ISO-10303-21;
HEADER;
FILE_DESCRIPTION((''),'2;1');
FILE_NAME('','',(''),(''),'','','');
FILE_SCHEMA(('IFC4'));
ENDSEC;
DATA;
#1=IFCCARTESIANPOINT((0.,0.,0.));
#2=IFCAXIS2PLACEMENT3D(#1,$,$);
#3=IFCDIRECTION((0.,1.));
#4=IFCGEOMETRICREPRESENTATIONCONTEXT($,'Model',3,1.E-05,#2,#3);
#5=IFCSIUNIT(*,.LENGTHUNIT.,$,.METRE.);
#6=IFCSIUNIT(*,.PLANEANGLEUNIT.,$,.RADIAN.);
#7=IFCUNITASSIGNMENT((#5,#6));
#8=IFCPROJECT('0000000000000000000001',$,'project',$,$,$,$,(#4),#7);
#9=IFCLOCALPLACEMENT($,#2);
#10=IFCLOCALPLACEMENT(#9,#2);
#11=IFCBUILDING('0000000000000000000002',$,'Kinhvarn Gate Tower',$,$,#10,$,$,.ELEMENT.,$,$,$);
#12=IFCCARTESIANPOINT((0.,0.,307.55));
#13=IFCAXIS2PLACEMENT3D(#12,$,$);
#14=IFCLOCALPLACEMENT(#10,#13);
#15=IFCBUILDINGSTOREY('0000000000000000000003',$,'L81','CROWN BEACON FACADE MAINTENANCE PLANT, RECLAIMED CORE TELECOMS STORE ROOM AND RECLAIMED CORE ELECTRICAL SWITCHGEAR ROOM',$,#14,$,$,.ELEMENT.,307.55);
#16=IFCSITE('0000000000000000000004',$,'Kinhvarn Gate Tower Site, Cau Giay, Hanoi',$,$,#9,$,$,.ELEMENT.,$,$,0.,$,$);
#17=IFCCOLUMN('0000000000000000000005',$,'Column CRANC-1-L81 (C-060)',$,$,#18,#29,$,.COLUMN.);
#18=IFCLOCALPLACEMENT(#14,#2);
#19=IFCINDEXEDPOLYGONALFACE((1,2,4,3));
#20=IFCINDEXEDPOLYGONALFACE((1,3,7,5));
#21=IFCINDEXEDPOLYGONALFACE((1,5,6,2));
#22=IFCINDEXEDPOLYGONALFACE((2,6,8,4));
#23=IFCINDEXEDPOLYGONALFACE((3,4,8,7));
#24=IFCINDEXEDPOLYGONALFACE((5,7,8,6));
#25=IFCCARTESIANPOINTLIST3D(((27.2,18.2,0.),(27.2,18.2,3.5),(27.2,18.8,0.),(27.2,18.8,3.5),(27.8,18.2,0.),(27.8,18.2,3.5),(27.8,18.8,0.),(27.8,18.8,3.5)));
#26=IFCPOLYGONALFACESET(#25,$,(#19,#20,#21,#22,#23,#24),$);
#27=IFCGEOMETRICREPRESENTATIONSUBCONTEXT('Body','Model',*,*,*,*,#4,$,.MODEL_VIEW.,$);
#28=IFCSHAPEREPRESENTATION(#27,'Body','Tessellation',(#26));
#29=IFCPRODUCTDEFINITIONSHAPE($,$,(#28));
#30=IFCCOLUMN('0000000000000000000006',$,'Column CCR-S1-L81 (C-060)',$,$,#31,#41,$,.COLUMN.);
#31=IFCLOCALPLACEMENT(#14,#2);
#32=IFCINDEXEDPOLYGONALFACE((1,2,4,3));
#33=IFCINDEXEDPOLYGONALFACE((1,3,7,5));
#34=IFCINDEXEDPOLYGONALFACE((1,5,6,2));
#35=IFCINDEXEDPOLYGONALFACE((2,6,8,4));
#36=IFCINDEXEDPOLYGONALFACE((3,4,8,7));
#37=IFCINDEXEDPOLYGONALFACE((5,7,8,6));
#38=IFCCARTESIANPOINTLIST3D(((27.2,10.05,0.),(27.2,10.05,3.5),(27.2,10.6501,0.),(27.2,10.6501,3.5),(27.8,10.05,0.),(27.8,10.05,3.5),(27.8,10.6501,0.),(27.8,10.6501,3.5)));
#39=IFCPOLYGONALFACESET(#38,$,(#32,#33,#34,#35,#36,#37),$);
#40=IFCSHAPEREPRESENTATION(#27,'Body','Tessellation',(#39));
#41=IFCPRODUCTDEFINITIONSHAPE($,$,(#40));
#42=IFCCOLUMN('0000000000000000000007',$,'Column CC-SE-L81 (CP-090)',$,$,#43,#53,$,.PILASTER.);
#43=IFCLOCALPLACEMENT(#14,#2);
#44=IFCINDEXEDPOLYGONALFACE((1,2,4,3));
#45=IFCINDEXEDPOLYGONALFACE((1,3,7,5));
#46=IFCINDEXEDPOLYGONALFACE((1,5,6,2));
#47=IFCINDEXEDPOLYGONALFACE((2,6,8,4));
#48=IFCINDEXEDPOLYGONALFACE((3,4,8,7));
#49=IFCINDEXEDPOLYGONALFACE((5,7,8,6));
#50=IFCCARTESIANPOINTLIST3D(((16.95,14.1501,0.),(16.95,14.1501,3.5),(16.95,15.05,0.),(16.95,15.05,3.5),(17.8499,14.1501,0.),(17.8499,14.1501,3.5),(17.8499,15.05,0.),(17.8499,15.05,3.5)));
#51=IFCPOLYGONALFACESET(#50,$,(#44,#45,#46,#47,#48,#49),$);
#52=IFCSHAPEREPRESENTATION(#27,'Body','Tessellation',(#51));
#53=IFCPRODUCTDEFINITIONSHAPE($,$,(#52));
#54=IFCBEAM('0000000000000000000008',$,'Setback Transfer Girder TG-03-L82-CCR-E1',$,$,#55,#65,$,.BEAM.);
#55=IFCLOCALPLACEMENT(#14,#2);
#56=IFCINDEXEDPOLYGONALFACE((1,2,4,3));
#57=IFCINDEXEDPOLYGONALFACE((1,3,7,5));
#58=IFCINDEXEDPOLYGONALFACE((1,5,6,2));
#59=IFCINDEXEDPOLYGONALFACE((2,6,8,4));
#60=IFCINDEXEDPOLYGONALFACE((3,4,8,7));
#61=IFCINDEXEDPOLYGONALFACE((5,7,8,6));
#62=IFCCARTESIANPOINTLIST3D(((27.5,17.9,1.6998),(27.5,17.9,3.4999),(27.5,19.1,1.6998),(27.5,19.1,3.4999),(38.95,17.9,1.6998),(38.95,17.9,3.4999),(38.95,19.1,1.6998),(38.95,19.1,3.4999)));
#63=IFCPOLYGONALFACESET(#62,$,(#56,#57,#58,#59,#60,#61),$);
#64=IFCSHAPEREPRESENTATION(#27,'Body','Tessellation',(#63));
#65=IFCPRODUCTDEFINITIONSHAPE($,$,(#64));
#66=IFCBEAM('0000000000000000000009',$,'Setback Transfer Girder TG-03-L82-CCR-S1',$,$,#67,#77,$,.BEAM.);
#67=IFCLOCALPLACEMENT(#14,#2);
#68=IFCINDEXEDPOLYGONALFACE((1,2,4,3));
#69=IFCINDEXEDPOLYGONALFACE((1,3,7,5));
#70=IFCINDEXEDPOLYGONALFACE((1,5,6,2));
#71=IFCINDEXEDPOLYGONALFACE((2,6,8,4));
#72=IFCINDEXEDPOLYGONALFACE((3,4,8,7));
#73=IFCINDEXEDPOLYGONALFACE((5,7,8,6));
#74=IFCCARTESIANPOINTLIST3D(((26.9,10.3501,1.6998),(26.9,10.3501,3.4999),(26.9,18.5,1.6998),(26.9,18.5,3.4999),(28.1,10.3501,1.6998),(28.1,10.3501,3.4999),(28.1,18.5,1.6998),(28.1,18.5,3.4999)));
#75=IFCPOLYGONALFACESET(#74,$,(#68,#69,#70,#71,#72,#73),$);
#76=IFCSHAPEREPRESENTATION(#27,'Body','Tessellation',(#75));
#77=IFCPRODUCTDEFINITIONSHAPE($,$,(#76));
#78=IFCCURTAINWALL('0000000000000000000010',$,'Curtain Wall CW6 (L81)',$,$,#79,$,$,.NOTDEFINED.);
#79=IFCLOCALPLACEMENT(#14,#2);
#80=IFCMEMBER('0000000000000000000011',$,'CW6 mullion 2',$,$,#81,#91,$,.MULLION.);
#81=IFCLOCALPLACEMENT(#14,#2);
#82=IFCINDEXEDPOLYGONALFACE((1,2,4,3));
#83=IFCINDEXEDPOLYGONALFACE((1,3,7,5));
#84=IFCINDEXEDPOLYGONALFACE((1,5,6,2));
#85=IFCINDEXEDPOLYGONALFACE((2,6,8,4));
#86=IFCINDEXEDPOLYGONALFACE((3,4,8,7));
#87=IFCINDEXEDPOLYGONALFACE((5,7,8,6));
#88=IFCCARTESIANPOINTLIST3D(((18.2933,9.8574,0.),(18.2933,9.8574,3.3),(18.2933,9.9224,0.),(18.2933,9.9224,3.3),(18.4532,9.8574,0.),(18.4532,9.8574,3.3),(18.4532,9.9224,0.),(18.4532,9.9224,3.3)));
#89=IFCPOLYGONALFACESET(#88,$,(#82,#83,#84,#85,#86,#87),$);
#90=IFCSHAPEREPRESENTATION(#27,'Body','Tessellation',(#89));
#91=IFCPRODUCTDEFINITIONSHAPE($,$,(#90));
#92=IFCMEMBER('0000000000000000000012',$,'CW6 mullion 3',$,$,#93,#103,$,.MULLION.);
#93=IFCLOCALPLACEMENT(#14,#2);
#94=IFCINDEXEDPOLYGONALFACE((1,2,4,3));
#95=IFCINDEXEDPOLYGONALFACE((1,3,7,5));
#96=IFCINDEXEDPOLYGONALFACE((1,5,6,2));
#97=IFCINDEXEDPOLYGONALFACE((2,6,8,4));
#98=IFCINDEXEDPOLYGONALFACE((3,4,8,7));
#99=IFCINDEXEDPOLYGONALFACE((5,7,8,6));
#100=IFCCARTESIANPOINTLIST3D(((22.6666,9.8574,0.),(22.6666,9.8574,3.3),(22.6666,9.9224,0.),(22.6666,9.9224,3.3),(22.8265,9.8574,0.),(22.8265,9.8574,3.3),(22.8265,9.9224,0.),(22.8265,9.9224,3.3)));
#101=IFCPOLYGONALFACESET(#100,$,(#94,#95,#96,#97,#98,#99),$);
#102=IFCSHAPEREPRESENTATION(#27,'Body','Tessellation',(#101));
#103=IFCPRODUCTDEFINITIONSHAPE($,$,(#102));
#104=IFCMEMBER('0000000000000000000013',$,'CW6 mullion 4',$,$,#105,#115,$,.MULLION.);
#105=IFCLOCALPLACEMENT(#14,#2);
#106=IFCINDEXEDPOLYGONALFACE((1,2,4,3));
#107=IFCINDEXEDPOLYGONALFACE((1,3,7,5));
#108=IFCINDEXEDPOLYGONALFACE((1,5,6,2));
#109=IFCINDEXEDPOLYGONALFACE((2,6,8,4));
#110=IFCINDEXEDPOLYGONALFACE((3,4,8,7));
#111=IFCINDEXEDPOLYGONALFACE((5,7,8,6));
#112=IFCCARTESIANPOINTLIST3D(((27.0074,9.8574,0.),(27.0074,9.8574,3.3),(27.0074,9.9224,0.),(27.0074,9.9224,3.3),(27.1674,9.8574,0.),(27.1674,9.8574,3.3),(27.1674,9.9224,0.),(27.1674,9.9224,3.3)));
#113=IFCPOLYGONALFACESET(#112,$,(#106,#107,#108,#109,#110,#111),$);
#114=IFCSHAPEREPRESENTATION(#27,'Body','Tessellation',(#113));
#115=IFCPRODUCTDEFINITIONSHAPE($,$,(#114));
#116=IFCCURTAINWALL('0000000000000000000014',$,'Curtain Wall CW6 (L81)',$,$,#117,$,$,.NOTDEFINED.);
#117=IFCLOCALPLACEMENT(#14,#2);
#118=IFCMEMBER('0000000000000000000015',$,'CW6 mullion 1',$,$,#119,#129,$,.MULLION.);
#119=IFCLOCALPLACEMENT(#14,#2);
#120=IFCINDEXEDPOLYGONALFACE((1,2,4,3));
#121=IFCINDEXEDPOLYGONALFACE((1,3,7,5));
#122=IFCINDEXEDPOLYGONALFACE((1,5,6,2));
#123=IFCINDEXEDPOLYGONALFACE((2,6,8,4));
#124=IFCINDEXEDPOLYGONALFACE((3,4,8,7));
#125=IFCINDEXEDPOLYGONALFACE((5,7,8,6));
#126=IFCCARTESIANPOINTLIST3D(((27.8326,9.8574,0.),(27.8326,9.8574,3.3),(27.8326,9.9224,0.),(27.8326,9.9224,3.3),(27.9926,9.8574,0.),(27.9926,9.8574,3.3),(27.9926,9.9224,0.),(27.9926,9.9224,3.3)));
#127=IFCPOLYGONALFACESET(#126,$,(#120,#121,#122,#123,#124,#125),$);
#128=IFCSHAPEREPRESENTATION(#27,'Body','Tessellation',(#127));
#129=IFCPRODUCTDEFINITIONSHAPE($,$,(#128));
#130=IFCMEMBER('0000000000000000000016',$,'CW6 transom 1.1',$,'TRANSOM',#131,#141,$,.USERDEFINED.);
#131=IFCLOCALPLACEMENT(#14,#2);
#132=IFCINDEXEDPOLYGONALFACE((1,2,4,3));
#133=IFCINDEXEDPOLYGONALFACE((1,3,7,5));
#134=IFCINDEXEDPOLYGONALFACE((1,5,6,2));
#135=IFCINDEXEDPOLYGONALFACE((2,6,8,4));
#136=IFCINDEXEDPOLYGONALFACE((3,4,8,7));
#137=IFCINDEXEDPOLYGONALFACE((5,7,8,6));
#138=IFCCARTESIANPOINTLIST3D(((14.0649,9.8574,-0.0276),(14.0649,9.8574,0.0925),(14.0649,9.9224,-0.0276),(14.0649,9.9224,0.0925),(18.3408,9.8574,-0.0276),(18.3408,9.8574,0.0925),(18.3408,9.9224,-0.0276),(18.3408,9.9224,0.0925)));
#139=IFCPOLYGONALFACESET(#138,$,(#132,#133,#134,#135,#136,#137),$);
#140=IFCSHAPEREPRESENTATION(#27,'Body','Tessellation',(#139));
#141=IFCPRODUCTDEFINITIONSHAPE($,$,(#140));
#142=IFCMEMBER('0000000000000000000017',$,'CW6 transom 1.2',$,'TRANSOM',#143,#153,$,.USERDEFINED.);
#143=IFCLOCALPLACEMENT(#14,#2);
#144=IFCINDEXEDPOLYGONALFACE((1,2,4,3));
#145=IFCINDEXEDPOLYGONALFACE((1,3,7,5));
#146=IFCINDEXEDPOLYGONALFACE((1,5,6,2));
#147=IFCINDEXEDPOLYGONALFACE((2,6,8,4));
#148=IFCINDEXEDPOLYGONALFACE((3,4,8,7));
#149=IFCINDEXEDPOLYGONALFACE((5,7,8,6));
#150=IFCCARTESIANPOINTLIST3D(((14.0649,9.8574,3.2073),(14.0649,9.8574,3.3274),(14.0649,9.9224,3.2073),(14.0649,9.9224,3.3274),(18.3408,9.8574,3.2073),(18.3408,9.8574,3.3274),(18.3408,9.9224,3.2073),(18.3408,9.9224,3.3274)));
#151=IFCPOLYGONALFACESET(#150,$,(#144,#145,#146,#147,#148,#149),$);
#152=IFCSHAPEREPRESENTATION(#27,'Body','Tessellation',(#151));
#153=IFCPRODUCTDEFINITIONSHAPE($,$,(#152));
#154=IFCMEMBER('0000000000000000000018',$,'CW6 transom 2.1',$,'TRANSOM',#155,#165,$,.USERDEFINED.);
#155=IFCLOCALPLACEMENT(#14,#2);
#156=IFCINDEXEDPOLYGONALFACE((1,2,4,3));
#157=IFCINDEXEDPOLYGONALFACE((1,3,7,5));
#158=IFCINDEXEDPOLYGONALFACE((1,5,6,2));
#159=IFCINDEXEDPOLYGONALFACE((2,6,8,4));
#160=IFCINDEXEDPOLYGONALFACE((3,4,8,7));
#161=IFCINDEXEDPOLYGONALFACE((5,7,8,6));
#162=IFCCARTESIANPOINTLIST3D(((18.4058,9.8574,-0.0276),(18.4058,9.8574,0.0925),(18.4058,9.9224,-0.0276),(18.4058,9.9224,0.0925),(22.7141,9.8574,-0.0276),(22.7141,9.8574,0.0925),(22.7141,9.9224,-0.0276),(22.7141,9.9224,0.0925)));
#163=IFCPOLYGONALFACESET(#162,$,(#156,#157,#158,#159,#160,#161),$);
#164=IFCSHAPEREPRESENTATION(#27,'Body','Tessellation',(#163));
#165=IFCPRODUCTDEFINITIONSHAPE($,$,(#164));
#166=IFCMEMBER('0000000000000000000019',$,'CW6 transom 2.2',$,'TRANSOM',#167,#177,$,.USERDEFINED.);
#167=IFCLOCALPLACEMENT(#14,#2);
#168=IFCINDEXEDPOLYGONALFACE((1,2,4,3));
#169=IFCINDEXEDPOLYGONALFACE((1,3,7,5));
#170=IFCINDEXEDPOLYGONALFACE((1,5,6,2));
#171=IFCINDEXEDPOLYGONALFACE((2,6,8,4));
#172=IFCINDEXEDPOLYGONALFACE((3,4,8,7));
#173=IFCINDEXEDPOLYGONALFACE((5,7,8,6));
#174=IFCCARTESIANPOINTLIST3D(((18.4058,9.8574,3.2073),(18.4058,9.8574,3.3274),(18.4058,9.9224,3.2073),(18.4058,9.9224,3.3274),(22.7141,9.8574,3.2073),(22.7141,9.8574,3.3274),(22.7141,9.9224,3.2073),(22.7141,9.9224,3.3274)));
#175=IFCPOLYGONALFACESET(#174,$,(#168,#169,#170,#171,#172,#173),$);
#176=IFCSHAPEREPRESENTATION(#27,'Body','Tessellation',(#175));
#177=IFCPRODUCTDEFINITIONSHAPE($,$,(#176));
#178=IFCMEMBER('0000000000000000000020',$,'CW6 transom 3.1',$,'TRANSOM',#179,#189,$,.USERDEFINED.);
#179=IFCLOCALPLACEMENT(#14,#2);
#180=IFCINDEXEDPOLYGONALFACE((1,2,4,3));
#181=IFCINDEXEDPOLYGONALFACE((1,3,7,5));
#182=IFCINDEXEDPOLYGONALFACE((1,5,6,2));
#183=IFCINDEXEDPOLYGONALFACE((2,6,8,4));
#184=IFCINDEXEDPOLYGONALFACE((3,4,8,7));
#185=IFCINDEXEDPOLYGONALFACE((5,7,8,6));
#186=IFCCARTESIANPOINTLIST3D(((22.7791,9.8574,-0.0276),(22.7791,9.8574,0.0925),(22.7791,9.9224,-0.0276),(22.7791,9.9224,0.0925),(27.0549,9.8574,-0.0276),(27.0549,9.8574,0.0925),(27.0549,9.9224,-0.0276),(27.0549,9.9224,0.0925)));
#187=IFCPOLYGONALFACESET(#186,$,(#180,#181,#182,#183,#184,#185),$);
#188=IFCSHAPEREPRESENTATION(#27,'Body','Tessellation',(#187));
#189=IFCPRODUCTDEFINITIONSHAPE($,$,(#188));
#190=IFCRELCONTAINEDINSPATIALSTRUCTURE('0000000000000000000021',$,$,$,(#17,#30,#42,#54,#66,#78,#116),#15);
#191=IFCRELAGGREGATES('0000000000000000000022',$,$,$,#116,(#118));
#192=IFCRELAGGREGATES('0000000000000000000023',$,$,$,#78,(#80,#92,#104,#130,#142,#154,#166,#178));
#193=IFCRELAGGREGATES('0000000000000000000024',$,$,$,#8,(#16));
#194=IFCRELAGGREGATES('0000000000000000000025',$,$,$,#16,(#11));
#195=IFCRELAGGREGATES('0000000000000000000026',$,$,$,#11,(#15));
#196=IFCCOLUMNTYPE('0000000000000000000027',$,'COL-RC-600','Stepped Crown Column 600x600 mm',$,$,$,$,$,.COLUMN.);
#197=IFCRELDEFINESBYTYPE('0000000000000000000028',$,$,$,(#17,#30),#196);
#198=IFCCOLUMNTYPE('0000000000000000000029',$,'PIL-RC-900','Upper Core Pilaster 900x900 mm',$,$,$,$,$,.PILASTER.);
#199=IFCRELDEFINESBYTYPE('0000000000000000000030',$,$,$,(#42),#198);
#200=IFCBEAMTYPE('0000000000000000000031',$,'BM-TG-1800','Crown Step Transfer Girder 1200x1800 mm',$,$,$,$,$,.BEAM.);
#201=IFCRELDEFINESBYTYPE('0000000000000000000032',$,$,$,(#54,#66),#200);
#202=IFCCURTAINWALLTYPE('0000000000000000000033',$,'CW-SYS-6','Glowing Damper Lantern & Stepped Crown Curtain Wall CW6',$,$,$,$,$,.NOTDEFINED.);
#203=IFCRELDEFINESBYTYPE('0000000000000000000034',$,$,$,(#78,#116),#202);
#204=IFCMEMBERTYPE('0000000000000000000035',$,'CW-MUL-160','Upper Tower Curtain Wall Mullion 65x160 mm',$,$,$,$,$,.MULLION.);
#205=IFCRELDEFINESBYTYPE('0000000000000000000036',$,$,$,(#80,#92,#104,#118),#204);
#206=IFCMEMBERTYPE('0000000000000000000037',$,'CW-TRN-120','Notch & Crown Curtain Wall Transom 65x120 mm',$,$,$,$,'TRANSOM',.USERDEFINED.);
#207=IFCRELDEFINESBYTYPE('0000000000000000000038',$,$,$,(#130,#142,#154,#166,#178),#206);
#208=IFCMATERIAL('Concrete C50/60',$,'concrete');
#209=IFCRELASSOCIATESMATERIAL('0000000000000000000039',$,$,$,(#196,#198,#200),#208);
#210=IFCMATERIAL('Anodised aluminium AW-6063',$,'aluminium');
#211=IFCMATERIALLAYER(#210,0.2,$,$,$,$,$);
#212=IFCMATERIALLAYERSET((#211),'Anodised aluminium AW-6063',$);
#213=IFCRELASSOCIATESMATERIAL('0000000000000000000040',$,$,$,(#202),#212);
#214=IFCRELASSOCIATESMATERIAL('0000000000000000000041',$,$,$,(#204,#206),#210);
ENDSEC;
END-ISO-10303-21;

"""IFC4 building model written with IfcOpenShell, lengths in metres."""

from ifc_helpers import new_model, si_unit, direction, frame, origin, origin_2d, place, context, subcontext, project, spatial, rectangle, extrude, material, layer, layer_set, material_profile, profile_set, type_object, element, aggregate, save


model = new_model("IFC4")

# Units and contexts
model_context = context("Model", 3, precision=1e-05, world=origin(), true_north=direction((0.0, 1.0)))
body_context = subcontext(model_context, "Body", "Model", "MODEL_VIEW")
ifc_project = project(units=[si_unit("LENGTHUNIT", "METRE"), si_unit("PLANEANGLEUNIT", "RADIAN")], contexts=[model_context])

# Site, building, storey
site_placement = place(None, origin())
site = spatial("IfcSite", under=ifc_project, at=site_placement, Name="Kinhvarn Gate Tower Site, Cau Giay, Hanoi", CompositionType="ELEMENT", RefElevation=0.0)
building_placement = place(site_placement, origin())
building = spatial("IfcBuilding", under=site, at=building_placement, Name="Kinhvarn Gate Tower", CompositionType="ELEMENT")
storey_placement = place(building_placement, frame((0.0, 0.0, 307.55)))
storey = spatial("IfcBuildingStorey", under=building, at=storey_placement, Name="L81", Description="CROWN BEACON FACADE MAINTENANCE PLANT, RECLAIMED CORE TELECOMS STORE ROOM AND RECLAIMED CORE ELECTRICAL SWITCHGEAR ROOM", CompositionType="ELEMENT", Elevation=307.55)

# Columns
ifc_material_1 = material(Name="Concrete C50/60", Category="concrete")
ifc_material_profile_1 = material_profile(ifc_material_1, rectangle(XDim=0.6001, YDim=0.6001, at=origin_2d()), Name="RC 600x600")
ifc_profile_set_1 = profile_set([ifc_material_profile_1], Name="Concrete C50/60")
column_type_1 = type_object("IfcColumnType", Name="COL-RC-600", Description="Stepped Crown Column 600x600 mm", PredefinedType="COLUMN", material=ifc_profile_set_1)
for number, where, z_axis, x_axis, name in (
    (1, (27.5, 18.5, 0.0), (0.0, 0.0, 1.0), (1.0, 0.0, 0.0), "Column CRANC-1-L81 (C-060)"),
    (2, (27.5, 10.3501, 0.0), (0.0, 0.0, 1.0), (1.0, 0.0, 0.0), "Column CCR-S1-L81 (C-060)"),
):
    element("IfcColumn", number, at=place(storey_placement, frame(where, z_axis=z_axis, x_axis=x_axis)), inside=storey, type_object=column_type_1, Name=name, PredefinedType="COLUMN", context=body_context, shape_type="SweptSolid", body=[
        extrude(rectangle(XDim=0.6001, YDim=0.6001, at=origin_2d()), origin(), (0.0, 0.0, 1.0), 3.5),
    ])
ifc_material_profile_2 = material_profile(ifc_material_1, rectangle(XDim=0.8999, YDim=0.8999, at=origin_2d()), Name="RC 900x900")
ifc_profile_set_2 = profile_set([ifc_material_profile_2], Name="Concrete C50/60")
column_type_2 = type_object("IfcColumnType", Name="PIL-RC-900", Description="Upper Core Pilaster 900x900 mm", PredefinedType="PILASTER", material=ifc_profile_set_2)
column_placement = place(storey_placement, frame((17.3999, 14.6001, 0.0), z_axis=(0.0, 0.0, 1.0), x_axis=(1.0, 0.0, 0.0)))
element("IfcColumn", 3, at=column_placement, inside=storey, type_object=column_type_2, Name="Column CC-SE-L81 (CP-090)", PredefinedType="PILASTER", context=body_context, shape_type="SweptSolid", body=[
    extrude(rectangle(XDim=0.8999, YDim=0.8999, at=origin_2d()), origin(), (0.0, 0.0, 1.0), 3.5),
])

# Beams
ifc_material_profile_3 = material_profile(ifc_material_1, rectangle(XDim=1.2, YDim=1.8, at=origin_2d()), Name="RC 1200x1800")
ifc_profile_set_3 = profile_set([ifc_material_profile_3], Name="Concrete C50/60")
beam_type_1 = type_object("IfcBeamType", Name="BM-TG-1800", Description="Crown Step Transfer Girder 1200x1800 mm", PredefinedType="BEAM", material=ifc_profile_set_3)
beam_1_placement = place(storey_placement, frame((27.5, 18.5, 2.5999), z_axis=(1.0, 0.0, 0.0), x_axis=(0.0, 1.0, 0.0)))
element("IfcBeam", 4, at=beam_1_placement, inside=storey, type_object=beam_type_1, Name="Setback Transfer Girder TG-03-L82-CCR-E1", PredefinedType="BEAM", context=body_context, shape_type="SweptSolid", body=[
    extrude(rectangle(XDim=1.2, YDim=1.8, at=origin_2d()), origin(), (0.0, 0.0, 1.0), 11.45),
])
beam_2_placement = place(storey_placement, frame((27.5, 10.3501, 2.5999), z_axis=(0.0, 1.0, 0.0), x_axis=(-1.0, 0.0, 0.0)))
element("IfcBeam", 5, at=beam_2_placement, inside=storey, type_object=beam_type_1, Name="Setback Transfer Girder TG-03-L82-CCR-S1", PredefinedType="BEAM", context=body_context, shape_type="SweptSolid", body=[
    extrude(rectangle(XDim=1.2, YDim=1.8, at=origin_2d()), origin(), (0.0, 0.0, 1.0), 8.1499),
])

# Curtain wall, members
ifc_material_2 = material(Name="Anodised aluminium AW-6063", Category="aluminium")
ifc_layer_1 = layer(ifc_material_2, 0.2)
ifc_layer_set_1 = layer_set([ifc_layer_1], Name="Anodised aluminium AW-6063")
curtain_wall_type = type_object("IfcCurtainWallType", Name="CW-SYS-6", Description="Glowing Damper Lantern & Stepped Crown Curtain Wall CW6", PredefinedType="NOTDEFINED", material=ifc_layer_set_1)
curtain_wall_1_placement = place(storey_placement, origin())
curtain_wall_1 = element("IfcCurtainWall", 6, at=curtain_wall_1_placement, inside=storey, type_object=curtain_wall_type, Name="Curtain Wall CW6 (L81)", PredefinedType="NOTDEFINED")
ifc_material_profile_4 = material_profile(ifc_material_2, rectangle(XDim=0.0649, YDim=0.1599, at=origin_2d()), Name="ALU 65x160")
ifc_profile_set_4 = profile_set([ifc_material_profile_4], Name="Anodised aluminium AW-6063")
member_type_1 = type_object("IfcMemberType", Name="CW-MUL-160", Description="Upper Tower Curtain Wall Mullion 65x160 mm", PredefinedType="MULLION", material=ifc_profile_set_4)
member_1_placement = place(storey_placement, frame((18.3733, 9.8899, 0.0), z_axis=(0.0, 0.0, 1.0), x_axis=(0.0, 1.0, 0.0)))
member_1 = element("IfcMember", 7, at=member_1_placement, type_object=member_type_1, Name="CW6 mullion 2", PredefinedType="MULLION", context=body_context, shape_type="SweptSolid", body=[
    extrude(rectangle(XDim=0.0649, YDim=0.1599, at=origin_2d()), origin(), (0.0, 0.0, 1.0), 3.3),
])
member_2_placement = place(storey_placement, frame((22.7466, 9.8899, 0.0), z_axis=(0.0, 0.0, 1.0), x_axis=(0.0, 1.0, 0.0)))
member_2 = element("IfcMember", 8, at=member_2_placement, type_object=member_type_1, Name="CW6 mullion 3", PredefinedType="MULLION", context=body_context, shape_type="SweptSolid", body=[
    extrude(rectangle(XDim=0.0649, YDim=0.1599, at=origin_2d()), origin(), (0.0, 0.0, 1.0), 3.3),
])
member_3_placement = place(storey_placement, frame((27.0874, 9.8899, 0.0), z_axis=(0.0, 0.0, 1.0), x_axis=(0.0, 1.0, 0.0)))
member_3 = element("IfcMember", 9, at=member_3_placement, type_object=member_type_1, Name="CW6 mullion 4", PredefinedType="MULLION", context=body_context, shape_type="SweptSolid", body=[
    extrude(rectangle(XDim=0.0649, YDim=0.1599, at=origin_2d()), origin(), (0.0, 0.0, 1.0), 3.3),
])

# Curtain wall, member
curtain_wall_2_placement = place(storey_placement, origin())
curtain_wall_2 = element("IfcCurtainWall", 10, at=curtain_wall_2_placement, inside=storey, type_object=curtain_wall_type, Name="Curtain Wall CW6 (L81)", PredefinedType="NOTDEFINED")
member_4_placement = place(storey_placement, frame((27.9126, 9.8899, 0.0), z_axis=(0.0, 0.0, 1.0), x_axis=(0.0, 1.0, 0.0)))
member_4 = element("IfcMember", 11, at=member_4_placement, type_object=member_type_1, Name="CW6 mullion 1", PredefinedType="MULLION", context=body_context, shape_type="SweptSolid", body=[
    extrude(rectangle(XDim=0.0649, YDim=0.1599, at=origin_2d()), origin(), (0.0, 0.0, 1.0), 3.3),
])
aggregate(curtain_wall_2, [member_4])

# Members
ifc_material_profile_5 = material_profile(ifc_material_2, rectangle(XDim=0.0649, YDim=0.1201, at=origin_2d()), Name="ALU 65x120")
ifc_profile_set_5 = profile_set([ifc_material_profile_5], Name="Anodised aluminium AW-6063")
member_type_2 = type_object("IfcMemberType", Name="CW-TRN-120", Description="Notch & Crown Curtain Wall Transom 65x120 mm", ElementType="TRANSOM", PredefinedType="USERDEFINED", material=ifc_profile_set_5)
member_5_placement = place(storey_placement, frame((14.0649, 9.8899, 0.0325), z_axis=(1.0, 0.0, 0.0), x_axis=(0.0, 1.0, 0.0)))
member_5 = element("IfcMember", 12, at=member_5_placement, type_object=member_type_2, Name="CW6 transom 1.1", ObjectType="TRANSOM", PredefinedType="USERDEFINED", context=body_context, shape_type="SweptSolid", body=[
    extrude(rectangle(XDim=0.0649, YDim=0.1201, at=origin_2d()), origin(), (0.0, 0.0, 1.0), 4.2759),
])
member_6_placement = place(storey_placement, frame((14.0649, 9.8899, 3.2673), z_axis=(1.0, 0.0, 0.0), x_axis=(0.0, 1.0, 0.0)))
member_6 = element("IfcMember", 13, at=member_6_placement, type_object=member_type_2, Name="CW6 transom 1.2", ObjectType="TRANSOM", PredefinedType="USERDEFINED", context=body_context, shape_type="SweptSolid", body=[
    extrude(rectangle(XDim=0.0649, YDim=0.1201, at=origin_2d()), origin(), (0.0, 0.0, 1.0), 4.2759),
])
member_7_placement = place(storey_placement, frame((18.4058, 9.8899, 0.0325), z_axis=(1.0, 0.0, 0.0), x_axis=(0.0, 1.0, 0.0)))
member_7 = element("IfcMember", 14, at=member_7_placement, type_object=member_type_2, Name="CW6 transom 2.1", ObjectType="TRANSOM", PredefinedType="USERDEFINED", context=body_context, shape_type="SweptSolid", body=[
    extrude(rectangle(XDim=0.0649, YDim=0.1201, at=origin_2d()), origin(), (0.0, 0.0, 1.0), 4.3083),
])
member_8_placement = place(storey_placement, frame((18.4058, 9.8899, 3.2673), z_axis=(1.0, 0.0, 0.0), x_axis=(0.0, 1.0, 0.0)))
member_8 = element("IfcMember", 15, at=member_8_placement, type_object=member_type_2, Name="CW6 transom 2.2", ObjectType="TRANSOM", PredefinedType="USERDEFINED", context=body_context, shape_type="SweptSolid", body=[
    extrude(rectangle(XDim=0.0649, YDim=0.1201, at=origin_2d()), origin(), (0.0, 0.0, 1.0), 4.3083),
])
member_9_placement = place(storey_placement, frame((22.7791, 9.8899, 0.0325), z_axis=(1.0, 0.0, 0.0), x_axis=(0.0, 1.0, 0.0)))
member_9 = element("IfcMember", 16, at=member_9_placement, type_object=member_type_2, Name="CW6 transom 3.1", ObjectType="TRANSOM", PredefinedType="USERDEFINED", context=body_context, shape_type="SweptSolid", body=[
    extrude(rectangle(XDim=0.0649, YDim=0.1201, at=origin_2d()), origin(), (0.0, 0.0, 1.0), 4.2759),
])

aggregate(curtain_wall_1, [member_1, member_2, member_3, member_5, member_6, member_7, member_8, member_9])

save(model, "model.ifc")
